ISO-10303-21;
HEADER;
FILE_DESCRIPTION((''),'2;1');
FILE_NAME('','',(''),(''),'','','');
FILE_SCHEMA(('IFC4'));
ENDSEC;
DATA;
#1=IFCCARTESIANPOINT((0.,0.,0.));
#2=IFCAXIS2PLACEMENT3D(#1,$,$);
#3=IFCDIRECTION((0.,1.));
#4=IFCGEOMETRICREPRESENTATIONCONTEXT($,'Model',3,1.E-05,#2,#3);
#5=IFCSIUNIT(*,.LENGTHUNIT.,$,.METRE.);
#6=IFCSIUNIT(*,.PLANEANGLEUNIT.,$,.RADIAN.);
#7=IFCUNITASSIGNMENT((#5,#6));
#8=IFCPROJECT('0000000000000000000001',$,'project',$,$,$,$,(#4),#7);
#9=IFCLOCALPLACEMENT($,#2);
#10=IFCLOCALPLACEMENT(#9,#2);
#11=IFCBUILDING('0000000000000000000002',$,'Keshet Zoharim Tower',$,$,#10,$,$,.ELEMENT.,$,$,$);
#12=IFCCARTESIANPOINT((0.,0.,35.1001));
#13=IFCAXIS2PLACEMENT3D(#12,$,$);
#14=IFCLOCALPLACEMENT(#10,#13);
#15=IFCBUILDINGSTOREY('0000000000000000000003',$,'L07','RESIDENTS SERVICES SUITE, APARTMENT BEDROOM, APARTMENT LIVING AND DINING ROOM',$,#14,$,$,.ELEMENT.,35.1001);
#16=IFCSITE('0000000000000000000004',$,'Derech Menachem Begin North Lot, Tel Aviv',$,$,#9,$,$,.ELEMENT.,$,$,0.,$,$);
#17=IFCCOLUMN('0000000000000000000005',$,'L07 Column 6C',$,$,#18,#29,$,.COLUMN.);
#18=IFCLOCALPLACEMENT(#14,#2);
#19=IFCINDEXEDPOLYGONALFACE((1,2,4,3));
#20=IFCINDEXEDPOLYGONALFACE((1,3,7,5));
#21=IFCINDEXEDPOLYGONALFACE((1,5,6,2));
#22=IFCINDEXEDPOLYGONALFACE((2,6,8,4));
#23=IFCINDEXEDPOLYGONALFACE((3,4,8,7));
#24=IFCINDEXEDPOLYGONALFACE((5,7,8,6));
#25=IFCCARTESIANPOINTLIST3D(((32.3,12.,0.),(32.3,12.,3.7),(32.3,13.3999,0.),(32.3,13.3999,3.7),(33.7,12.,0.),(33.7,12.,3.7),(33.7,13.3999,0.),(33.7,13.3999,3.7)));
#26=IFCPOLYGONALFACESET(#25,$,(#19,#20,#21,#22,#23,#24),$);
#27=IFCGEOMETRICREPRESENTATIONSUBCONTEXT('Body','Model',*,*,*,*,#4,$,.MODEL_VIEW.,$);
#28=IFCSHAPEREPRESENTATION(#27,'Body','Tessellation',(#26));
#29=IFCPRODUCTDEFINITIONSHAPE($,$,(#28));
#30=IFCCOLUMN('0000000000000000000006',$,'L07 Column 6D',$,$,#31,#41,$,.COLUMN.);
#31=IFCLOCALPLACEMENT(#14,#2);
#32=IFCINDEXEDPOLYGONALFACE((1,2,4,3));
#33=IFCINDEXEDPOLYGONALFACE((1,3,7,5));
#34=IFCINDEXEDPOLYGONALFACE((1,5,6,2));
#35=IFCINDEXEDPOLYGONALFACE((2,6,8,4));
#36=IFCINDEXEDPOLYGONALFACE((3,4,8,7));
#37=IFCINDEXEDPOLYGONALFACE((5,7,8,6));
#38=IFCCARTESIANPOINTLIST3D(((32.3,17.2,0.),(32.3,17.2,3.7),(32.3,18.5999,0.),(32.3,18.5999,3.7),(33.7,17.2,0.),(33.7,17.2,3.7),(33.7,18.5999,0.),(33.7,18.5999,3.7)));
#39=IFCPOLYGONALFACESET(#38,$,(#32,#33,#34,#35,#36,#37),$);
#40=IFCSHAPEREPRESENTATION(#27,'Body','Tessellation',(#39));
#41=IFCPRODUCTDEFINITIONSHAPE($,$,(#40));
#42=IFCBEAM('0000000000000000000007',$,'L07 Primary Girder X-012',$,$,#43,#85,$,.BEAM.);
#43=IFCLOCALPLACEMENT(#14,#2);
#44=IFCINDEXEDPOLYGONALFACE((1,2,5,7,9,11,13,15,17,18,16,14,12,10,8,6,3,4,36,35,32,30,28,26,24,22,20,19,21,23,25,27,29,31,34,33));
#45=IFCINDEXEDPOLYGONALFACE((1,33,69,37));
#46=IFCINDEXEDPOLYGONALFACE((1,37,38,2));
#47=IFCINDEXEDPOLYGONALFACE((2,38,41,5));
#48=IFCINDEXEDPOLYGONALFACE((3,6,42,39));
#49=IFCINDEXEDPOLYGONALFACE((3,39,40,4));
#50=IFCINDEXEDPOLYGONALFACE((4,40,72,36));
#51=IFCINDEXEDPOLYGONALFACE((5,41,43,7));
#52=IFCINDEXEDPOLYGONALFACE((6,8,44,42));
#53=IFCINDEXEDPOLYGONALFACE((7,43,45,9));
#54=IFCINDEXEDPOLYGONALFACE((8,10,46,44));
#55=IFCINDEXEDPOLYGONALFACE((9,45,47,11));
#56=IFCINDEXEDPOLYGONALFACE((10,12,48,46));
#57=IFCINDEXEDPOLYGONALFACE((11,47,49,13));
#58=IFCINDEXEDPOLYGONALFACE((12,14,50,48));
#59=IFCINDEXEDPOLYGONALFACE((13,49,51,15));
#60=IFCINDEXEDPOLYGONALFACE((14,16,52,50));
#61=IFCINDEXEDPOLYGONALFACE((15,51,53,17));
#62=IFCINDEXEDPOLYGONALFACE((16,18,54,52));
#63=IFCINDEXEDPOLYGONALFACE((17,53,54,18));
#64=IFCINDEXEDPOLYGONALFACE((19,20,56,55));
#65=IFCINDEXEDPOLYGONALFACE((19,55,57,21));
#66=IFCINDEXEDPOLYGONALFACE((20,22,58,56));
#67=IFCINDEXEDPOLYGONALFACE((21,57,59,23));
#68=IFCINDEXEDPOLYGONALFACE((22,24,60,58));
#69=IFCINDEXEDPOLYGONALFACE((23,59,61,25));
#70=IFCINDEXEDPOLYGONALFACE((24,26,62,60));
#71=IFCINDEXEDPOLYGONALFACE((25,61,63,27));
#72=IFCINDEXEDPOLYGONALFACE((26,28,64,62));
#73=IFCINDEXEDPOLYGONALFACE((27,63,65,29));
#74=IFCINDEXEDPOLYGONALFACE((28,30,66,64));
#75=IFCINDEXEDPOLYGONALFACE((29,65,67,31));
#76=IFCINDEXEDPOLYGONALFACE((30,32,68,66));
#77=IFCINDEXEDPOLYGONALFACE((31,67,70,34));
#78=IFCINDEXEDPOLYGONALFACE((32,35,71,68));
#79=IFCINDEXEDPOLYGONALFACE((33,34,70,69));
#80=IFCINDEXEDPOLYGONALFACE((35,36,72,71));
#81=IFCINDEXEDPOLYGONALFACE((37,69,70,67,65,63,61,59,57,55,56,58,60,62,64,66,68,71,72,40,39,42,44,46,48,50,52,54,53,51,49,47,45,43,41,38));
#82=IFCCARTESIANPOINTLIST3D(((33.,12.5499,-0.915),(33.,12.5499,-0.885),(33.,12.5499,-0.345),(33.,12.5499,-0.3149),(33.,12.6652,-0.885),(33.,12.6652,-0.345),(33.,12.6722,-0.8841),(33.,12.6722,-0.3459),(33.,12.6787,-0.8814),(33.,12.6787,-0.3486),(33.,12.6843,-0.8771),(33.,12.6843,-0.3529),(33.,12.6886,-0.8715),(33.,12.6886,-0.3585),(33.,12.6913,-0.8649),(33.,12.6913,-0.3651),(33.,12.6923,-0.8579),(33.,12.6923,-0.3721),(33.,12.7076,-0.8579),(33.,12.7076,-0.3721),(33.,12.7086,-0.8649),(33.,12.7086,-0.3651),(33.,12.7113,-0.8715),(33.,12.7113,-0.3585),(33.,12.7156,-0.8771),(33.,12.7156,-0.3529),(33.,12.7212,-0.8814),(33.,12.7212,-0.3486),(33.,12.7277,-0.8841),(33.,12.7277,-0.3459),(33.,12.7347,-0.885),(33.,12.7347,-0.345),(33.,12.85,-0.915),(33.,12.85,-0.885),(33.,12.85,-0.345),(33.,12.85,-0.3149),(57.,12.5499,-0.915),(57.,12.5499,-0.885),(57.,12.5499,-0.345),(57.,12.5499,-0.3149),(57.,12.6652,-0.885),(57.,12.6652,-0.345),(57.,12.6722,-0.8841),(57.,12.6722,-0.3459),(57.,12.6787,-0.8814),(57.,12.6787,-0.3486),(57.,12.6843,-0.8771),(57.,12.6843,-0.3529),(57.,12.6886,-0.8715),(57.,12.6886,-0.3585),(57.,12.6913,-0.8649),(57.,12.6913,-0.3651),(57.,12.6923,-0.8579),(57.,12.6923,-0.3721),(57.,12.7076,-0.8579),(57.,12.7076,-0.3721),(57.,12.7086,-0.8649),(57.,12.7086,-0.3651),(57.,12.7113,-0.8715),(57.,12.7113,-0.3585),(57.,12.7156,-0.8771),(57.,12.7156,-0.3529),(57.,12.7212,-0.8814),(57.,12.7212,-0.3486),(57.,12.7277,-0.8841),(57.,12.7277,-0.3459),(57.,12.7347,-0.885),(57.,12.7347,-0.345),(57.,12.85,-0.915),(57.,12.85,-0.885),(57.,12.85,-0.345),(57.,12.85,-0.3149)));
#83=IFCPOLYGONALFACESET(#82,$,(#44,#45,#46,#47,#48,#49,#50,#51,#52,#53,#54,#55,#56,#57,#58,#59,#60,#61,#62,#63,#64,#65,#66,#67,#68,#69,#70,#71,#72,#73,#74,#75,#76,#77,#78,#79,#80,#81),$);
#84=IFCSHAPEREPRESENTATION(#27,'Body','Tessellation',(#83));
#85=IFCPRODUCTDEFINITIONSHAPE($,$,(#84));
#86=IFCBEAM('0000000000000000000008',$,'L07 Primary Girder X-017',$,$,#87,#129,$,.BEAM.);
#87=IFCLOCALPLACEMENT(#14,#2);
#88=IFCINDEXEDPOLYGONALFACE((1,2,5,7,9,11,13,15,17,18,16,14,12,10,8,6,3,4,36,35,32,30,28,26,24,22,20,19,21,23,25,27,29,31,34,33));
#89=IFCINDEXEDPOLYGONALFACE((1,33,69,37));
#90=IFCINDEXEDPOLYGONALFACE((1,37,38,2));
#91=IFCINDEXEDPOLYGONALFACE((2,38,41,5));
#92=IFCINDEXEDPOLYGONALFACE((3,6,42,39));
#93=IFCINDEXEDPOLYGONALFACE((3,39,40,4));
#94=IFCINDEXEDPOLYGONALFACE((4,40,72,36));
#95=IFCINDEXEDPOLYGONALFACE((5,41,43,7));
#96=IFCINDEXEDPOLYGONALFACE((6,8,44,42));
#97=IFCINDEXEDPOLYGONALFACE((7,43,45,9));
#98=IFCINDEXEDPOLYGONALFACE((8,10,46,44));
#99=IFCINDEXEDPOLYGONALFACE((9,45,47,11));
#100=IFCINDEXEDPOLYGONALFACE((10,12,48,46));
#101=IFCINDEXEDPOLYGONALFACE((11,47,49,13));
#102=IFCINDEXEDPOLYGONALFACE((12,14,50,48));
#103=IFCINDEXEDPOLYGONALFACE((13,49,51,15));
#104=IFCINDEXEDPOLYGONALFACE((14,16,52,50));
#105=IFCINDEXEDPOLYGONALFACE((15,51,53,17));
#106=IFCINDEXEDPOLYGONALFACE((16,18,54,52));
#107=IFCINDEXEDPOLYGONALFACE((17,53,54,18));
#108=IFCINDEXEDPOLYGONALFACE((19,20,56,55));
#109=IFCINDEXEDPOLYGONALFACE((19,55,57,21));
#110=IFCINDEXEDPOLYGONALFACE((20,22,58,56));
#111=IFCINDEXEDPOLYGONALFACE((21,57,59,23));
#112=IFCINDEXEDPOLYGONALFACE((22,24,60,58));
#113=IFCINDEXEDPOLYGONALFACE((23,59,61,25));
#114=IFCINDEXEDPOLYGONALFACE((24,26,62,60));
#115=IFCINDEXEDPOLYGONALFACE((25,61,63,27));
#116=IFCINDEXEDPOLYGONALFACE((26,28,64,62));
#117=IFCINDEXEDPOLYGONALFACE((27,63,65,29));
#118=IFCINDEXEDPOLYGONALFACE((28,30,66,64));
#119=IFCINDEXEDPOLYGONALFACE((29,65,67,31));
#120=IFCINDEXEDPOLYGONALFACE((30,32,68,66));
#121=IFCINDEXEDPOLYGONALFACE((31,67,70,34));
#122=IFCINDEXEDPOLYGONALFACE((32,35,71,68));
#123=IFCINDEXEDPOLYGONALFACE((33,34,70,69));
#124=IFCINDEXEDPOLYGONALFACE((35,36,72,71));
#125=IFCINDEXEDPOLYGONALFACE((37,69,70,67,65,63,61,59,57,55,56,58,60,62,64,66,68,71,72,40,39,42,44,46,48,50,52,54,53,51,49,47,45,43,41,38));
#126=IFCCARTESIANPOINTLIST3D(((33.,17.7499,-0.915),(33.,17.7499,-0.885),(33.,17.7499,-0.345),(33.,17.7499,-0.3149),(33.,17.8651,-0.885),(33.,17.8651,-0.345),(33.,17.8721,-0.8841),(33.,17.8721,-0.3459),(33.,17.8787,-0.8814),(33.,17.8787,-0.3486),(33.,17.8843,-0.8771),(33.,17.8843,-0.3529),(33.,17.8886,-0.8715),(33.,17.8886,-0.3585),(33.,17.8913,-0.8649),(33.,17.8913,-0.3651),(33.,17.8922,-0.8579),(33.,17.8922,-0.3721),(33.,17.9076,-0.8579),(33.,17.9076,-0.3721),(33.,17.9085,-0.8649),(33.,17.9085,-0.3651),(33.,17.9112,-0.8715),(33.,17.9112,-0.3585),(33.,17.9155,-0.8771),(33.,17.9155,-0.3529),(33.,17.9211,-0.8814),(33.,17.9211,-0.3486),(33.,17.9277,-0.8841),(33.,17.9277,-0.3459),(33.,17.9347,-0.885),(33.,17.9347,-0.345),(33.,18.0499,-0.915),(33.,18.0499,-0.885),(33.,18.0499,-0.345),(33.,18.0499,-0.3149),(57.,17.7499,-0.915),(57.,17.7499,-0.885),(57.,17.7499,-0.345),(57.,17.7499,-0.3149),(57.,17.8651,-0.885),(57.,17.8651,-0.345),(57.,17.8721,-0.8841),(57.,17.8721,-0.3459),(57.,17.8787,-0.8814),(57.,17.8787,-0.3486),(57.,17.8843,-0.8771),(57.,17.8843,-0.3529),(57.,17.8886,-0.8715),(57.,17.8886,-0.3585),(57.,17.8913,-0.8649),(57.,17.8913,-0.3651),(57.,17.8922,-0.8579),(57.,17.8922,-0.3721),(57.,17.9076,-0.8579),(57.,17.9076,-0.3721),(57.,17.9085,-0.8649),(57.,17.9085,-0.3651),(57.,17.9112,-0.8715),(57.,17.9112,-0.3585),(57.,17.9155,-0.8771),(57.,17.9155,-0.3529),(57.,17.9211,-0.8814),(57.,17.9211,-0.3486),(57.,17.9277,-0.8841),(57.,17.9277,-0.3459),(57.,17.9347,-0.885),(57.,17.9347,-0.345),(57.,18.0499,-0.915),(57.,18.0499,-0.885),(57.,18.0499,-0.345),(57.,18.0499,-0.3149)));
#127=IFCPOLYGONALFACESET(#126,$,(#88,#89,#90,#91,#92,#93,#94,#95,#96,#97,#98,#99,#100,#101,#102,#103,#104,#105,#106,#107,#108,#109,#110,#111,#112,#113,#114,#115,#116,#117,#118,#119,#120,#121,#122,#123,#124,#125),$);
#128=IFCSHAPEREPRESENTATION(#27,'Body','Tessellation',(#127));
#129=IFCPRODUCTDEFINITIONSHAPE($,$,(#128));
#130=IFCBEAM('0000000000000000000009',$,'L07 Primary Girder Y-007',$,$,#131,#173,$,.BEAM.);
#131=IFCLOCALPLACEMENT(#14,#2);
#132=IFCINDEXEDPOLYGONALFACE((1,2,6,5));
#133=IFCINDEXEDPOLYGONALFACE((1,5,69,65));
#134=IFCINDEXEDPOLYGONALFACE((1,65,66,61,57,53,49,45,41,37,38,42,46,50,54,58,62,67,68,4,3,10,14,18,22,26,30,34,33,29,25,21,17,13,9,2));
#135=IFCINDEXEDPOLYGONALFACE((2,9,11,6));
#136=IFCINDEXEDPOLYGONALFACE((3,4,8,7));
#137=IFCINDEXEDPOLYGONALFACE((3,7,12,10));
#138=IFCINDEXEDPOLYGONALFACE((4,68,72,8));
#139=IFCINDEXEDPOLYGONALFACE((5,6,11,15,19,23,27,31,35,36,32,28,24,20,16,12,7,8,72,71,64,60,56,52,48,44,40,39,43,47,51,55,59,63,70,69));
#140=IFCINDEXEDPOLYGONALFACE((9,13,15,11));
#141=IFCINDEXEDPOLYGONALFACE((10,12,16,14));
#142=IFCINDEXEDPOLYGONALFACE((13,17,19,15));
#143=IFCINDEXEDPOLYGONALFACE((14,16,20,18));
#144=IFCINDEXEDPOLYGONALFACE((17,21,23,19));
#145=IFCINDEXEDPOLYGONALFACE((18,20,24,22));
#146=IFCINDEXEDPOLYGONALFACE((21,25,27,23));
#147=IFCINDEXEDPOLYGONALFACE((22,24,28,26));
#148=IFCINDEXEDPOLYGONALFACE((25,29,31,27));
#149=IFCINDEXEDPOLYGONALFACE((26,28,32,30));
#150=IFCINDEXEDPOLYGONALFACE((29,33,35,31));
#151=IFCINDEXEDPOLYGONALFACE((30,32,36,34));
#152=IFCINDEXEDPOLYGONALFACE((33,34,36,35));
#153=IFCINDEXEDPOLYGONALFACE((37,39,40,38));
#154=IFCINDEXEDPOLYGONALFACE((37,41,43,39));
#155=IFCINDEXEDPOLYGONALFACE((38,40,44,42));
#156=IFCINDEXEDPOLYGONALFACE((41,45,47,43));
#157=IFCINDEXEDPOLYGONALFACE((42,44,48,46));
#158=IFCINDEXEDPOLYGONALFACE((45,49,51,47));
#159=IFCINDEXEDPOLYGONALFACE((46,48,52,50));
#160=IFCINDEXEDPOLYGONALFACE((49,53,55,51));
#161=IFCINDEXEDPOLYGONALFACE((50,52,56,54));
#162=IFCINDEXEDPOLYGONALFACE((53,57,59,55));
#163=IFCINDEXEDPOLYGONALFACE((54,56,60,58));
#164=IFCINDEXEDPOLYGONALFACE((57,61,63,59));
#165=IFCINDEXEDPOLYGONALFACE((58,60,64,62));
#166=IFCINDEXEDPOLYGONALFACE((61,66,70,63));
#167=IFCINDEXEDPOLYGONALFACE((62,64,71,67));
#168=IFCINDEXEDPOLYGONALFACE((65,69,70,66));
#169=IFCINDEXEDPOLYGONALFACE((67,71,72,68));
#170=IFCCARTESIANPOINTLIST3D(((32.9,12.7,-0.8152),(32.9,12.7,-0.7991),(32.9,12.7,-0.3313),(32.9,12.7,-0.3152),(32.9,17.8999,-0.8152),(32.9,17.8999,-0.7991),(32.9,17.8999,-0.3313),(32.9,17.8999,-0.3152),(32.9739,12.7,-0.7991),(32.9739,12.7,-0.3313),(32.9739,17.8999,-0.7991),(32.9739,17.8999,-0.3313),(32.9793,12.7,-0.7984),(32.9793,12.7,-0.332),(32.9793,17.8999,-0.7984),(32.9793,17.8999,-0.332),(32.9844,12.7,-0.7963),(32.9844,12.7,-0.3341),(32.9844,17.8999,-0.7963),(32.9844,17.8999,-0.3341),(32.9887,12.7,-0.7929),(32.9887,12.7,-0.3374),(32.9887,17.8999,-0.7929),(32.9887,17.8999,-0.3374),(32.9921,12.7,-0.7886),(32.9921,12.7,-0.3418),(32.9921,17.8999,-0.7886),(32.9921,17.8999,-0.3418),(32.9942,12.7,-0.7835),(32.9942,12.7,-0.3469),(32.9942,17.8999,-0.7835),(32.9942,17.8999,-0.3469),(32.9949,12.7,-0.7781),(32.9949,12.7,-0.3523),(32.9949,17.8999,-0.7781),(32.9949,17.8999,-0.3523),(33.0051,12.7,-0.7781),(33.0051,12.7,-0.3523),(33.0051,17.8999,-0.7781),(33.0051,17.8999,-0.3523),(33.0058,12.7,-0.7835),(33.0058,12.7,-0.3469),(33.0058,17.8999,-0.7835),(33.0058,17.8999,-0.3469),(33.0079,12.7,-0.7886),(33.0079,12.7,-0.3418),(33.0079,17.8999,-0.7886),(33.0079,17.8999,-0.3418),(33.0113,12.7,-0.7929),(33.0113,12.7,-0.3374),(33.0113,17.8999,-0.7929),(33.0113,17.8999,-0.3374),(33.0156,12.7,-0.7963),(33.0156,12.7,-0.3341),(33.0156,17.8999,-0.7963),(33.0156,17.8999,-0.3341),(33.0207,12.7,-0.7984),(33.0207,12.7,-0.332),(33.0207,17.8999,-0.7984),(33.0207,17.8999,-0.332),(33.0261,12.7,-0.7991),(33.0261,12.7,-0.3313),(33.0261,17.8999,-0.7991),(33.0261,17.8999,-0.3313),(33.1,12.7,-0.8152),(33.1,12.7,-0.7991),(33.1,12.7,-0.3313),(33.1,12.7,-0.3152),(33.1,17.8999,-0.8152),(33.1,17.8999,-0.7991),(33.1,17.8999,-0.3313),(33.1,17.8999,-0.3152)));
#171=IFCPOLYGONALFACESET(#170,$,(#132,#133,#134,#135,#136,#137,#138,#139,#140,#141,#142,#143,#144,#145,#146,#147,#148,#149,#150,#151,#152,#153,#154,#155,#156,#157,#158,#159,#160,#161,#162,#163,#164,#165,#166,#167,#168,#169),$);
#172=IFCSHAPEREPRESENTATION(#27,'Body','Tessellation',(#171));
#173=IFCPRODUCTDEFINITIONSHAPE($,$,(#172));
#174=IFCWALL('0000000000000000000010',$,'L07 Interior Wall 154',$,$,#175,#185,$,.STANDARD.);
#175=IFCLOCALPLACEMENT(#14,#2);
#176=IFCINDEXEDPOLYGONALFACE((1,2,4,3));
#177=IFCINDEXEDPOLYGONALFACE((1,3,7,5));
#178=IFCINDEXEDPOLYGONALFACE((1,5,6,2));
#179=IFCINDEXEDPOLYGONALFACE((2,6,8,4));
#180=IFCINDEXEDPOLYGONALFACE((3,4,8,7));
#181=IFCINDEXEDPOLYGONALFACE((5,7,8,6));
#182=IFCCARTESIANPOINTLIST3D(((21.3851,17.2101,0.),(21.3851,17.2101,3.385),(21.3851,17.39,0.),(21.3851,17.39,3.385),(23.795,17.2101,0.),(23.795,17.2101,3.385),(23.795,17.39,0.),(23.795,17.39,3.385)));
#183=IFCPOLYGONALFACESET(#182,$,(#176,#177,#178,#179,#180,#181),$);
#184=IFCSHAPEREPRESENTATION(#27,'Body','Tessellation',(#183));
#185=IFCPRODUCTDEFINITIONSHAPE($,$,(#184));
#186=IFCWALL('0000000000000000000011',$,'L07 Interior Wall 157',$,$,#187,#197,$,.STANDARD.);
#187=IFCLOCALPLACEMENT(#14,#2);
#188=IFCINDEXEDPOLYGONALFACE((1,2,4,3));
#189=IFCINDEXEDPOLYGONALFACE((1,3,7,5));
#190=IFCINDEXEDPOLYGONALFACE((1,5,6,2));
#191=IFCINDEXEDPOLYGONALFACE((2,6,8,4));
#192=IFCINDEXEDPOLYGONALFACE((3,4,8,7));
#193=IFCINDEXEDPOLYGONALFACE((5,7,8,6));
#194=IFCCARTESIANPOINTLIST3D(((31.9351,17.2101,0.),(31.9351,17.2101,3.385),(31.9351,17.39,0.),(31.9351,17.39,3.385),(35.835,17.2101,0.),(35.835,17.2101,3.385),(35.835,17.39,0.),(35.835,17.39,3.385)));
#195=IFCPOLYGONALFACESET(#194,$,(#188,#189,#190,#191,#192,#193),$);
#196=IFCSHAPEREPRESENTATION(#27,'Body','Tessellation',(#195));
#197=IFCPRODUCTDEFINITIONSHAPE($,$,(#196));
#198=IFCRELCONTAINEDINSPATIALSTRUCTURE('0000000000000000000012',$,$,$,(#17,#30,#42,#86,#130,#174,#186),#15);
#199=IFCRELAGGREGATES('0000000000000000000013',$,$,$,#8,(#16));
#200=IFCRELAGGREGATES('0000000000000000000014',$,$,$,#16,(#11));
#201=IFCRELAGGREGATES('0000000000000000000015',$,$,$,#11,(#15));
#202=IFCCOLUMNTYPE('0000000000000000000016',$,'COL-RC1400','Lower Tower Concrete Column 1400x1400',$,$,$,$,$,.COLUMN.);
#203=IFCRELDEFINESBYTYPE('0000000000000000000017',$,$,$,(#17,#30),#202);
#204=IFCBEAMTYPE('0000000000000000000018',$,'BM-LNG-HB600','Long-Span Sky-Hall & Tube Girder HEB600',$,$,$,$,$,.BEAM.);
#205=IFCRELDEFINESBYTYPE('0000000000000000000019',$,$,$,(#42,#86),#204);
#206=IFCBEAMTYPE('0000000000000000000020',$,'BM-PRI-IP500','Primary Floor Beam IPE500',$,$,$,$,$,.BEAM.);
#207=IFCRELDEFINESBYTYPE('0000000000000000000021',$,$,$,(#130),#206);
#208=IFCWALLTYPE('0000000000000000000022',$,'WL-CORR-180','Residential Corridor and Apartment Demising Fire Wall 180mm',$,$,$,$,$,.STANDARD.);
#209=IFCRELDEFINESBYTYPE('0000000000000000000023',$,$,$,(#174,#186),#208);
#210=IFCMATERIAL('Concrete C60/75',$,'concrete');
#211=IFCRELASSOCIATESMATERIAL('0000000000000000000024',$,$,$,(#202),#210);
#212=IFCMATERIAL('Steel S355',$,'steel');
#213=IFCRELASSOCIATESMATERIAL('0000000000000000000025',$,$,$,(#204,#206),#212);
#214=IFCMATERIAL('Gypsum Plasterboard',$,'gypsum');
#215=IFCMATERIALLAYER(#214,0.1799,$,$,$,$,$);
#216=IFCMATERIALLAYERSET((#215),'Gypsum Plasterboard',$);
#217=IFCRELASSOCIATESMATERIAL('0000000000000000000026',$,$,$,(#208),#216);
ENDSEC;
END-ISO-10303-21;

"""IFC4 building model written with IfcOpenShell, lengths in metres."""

from ifc_helpers import new_model, si_unit, direction, frame, frame_2d, origin, origin_2d, place, context, subcontext, project, spatial, rectangle, i_section, extrude, material, layer, layer_set, material_profile, profile_set, type_object, element, save


model = new_model("IFC4")

# Units and contexts
model_context = context("Model", 3, precision=1e-05, world=origin(), true_north=direction((0.0, 1.0)))
body_context = subcontext(model_context, "Body", "Model", "MODEL_VIEW")
ifc_project = project(units=[si_unit("LENGTHUNIT", "METRE"), si_unit("PLANEANGLEUNIT", "RADIAN")], contexts=[model_context])

# Site, building, storey
site_placement = place(None, origin())
site = spatial("IfcSite", under=ifc_project, at=site_placement, Name="Derech Menachem Begin North Lot, Tel Aviv", CompositionType="ELEMENT", RefElevation=0.0)
building_placement = place(site_placement, origin())
building = spatial("IfcBuilding", under=site, at=building_placement, Name="Keshet Zoharim Tower", CompositionType="ELEMENT")
storey_placement = place(building_placement, frame((0.0, 0.0, 35.1001)))
storey = spatial("IfcBuildingStorey", under=building, at=storey_placement, Name="L07", Description="RESIDENTS SERVICES SUITE, APARTMENT BEDROOM, APARTMENT LIVING AND DINING ROOM", CompositionType="ELEMENT", Elevation=35.1001)

# Columns
ifc_material_1 = material(Name="Concrete C60/75", Category="concrete")
ifc_material_profile_1 = material_profile(ifc_material_1, rectangle(XDim=1.3999, YDim=1.3999, at=origin_2d()), Name="RC1400x1400")
ifc_profile_set_1 = profile_set([ifc_material_profile_1], Name="Concrete C60/75")
column_type = type_object("IfcColumnType", Name="COL-RC1400", Description="Lower Tower Concrete Column 1400x1400", PredefinedType="COLUMN", material=ifc_profile_set_1)
for number, where, z_axis, x_axis, name in (
    (1, (33.0, 12.7, 0.0), (0.0, 0.0, 1.0), (1.0, 0.0, 0.0), "L07 Column 6C"),
    (2, (33.0, 17.8999, 0.0), (0.0, 0.0, 1.0), (1.0, 0.0, 0.0), "L07 Column 6D"),
):
    element("IfcColumn", number, at=place(storey_placement, frame(where, z_axis=z_axis, x_axis=x_axis)), inside=storey, type_object=column_type, Name=name, PredefinedType="COLUMN", context=body_context, shape_type="SweptSolid", body=[
        extrude(rectangle(XDim=1.3999, YDim=1.3999, at=origin_2d()), origin(), (0.0, 0.0, 1.0), 3.7),
    ])

# Beams
ifc_material_2 = material(Name="Steel S355", Category="steel")
ifc_material_profile_2 = material_profile(ifc_material_2, i_section(OverallWidth=0.3, OverallDepth=0.6001, WebThickness=0.0154, FlangeThickness=0.03, FilletRadius=0.0271, at=origin_2d()), Name="HEB600")
ifc_profile_set_2 = profile_set([ifc_material_profile_2], Name="Steel S355")
beam_type_1 = type_object("IfcBeamType", Name="BM-LNG-HB600", Description="Long-Span Sky-Hall & Tube Girder HEB600", PredefinedType="BEAM", material=ifc_profile_set_2)
for number, where, z_axis, x_axis, name in (
    (3, (33.0, 12.7, -0.615), (1.0, 0.0, 0.0), (0.0, 1.0, 0.0), "L07 Primary Girder X-012"),
    (4, (33.0, 17.8999, -0.615), (1.0, 0.0, 0.0), (0.0, 1.0, 0.0), "L07 Primary Girder X-017"),
):
    element("IfcBeam", number, at=place(storey_placement, frame(where, z_axis=z_axis, x_axis=x_axis)), inside=storey, type_object=beam_type_1, Name=name, PredefinedType="BEAM", context=body_context, shape_type="SweptSolid", body=[
        extrude(i_section(OverallWidth=0.3, OverallDepth=0.6001, WebThickness=0.0154, FlangeThickness=0.03, FilletRadius=0.0271, at=origin_2d()), origin(), (0.0, 0.0, 1.0), 24.0),
    ])
ifc_material_profile_3 = material_profile(ifc_material_2, i_section(OverallWidth=0.2, OverallDepth=0.5, WebThickness=0.0103, FlangeThickness=0.0161, FilletRadius=0.021, at=origin_2d()), Name="IPE500")
ifc_profile_set_3 = profile_set([ifc_material_profile_3], Name="Steel S355")
beam_type_2 = type_object("IfcBeamType", Name="BM-PRI-IP500", Description="Primary Floor Beam IPE500", PredefinedType="BEAM", material=ifc_profile_set_3)
beam_placement = place(storey_placement, frame((33.0, 12.7, -0.5652), z_axis=(0.0, 1.0, 0.0), x_axis=(-1.0, 0.0, 0.0)))
element("IfcBeam", 5, at=beam_placement, inside=storey, type_object=beam_type_2, Name="L07 Primary Girder Y-007", PredefinedType="BEAM", context=body_context, shape_type="SweptSolid", body=[
    extrude(i_section(OverallWidth=0.2, OverallDepth=0.5, WebThickness=0.0103, FlangeThickness=0.0161, FilletRadius=0.021, at=origin_2d()), origin(), (0.0, 0.0, 1.0), 5.2),
])

# Wall
ifc_material_3 = material(Name="Gypsum Plasterboard", Category="gypsum")
ifc_layer_1 = layer(ifc_material_3, 0.1799)
ifc_layer_set_1 = layer_set([ifc_layer_1], Name="Gypsum Plasterboard")
wall_type_1 = type_object("IfcWallType", Name="WL-CORR-180", Description="Residential Corridor and Apartment Demising Fire Wall 180mm", PredefinedType="STANDARD", material=ifc_layer_set_1)
wall_1_placement = place(storey_placement, frame((21.385, 17.3, 0.0), z_axis=(0.0, 0.0, 1.0), x_axis=(1.0, 0.0, 0.0)))
element("IfcWall", 6, at=wall_1_placement, inside=storey, type_object=wall_type_1, Name="L07 Interior Wall 154", PredefinedType="STANDARD", context=body_context, shape_type="SweptSolid", body=[
    extrude(rectangle(XDim=2.4099, YDim=0.1799, at=frame_2d((1.2051, 0.0))), origin(), (0.0, 0.0, 1.0), 3.385),
])

# Wall
wall_2_placement = place(storey_placement, frame((31.9351, 17.3, 0.0), z_axis=(0.0, 0.0, 1.0), x_axis=(1.0, 0.0, 0.0)))
element("IfcWall", 7, at=wall_2_placement, inside=storey, type_object=wall_type_1, Name="L07 Interior Wall 157", PredefinedType="STANDARD", context=body_context, shape_type="SweptSolid", body=[
    extrude(rectangle(XDim=3.8999, YDim=0.1799, at=frame_2d((1.95, 0.0))), origin(), (0.0, 0.0, 1.0), 3.385),
])

save(model, "model.ifc")
